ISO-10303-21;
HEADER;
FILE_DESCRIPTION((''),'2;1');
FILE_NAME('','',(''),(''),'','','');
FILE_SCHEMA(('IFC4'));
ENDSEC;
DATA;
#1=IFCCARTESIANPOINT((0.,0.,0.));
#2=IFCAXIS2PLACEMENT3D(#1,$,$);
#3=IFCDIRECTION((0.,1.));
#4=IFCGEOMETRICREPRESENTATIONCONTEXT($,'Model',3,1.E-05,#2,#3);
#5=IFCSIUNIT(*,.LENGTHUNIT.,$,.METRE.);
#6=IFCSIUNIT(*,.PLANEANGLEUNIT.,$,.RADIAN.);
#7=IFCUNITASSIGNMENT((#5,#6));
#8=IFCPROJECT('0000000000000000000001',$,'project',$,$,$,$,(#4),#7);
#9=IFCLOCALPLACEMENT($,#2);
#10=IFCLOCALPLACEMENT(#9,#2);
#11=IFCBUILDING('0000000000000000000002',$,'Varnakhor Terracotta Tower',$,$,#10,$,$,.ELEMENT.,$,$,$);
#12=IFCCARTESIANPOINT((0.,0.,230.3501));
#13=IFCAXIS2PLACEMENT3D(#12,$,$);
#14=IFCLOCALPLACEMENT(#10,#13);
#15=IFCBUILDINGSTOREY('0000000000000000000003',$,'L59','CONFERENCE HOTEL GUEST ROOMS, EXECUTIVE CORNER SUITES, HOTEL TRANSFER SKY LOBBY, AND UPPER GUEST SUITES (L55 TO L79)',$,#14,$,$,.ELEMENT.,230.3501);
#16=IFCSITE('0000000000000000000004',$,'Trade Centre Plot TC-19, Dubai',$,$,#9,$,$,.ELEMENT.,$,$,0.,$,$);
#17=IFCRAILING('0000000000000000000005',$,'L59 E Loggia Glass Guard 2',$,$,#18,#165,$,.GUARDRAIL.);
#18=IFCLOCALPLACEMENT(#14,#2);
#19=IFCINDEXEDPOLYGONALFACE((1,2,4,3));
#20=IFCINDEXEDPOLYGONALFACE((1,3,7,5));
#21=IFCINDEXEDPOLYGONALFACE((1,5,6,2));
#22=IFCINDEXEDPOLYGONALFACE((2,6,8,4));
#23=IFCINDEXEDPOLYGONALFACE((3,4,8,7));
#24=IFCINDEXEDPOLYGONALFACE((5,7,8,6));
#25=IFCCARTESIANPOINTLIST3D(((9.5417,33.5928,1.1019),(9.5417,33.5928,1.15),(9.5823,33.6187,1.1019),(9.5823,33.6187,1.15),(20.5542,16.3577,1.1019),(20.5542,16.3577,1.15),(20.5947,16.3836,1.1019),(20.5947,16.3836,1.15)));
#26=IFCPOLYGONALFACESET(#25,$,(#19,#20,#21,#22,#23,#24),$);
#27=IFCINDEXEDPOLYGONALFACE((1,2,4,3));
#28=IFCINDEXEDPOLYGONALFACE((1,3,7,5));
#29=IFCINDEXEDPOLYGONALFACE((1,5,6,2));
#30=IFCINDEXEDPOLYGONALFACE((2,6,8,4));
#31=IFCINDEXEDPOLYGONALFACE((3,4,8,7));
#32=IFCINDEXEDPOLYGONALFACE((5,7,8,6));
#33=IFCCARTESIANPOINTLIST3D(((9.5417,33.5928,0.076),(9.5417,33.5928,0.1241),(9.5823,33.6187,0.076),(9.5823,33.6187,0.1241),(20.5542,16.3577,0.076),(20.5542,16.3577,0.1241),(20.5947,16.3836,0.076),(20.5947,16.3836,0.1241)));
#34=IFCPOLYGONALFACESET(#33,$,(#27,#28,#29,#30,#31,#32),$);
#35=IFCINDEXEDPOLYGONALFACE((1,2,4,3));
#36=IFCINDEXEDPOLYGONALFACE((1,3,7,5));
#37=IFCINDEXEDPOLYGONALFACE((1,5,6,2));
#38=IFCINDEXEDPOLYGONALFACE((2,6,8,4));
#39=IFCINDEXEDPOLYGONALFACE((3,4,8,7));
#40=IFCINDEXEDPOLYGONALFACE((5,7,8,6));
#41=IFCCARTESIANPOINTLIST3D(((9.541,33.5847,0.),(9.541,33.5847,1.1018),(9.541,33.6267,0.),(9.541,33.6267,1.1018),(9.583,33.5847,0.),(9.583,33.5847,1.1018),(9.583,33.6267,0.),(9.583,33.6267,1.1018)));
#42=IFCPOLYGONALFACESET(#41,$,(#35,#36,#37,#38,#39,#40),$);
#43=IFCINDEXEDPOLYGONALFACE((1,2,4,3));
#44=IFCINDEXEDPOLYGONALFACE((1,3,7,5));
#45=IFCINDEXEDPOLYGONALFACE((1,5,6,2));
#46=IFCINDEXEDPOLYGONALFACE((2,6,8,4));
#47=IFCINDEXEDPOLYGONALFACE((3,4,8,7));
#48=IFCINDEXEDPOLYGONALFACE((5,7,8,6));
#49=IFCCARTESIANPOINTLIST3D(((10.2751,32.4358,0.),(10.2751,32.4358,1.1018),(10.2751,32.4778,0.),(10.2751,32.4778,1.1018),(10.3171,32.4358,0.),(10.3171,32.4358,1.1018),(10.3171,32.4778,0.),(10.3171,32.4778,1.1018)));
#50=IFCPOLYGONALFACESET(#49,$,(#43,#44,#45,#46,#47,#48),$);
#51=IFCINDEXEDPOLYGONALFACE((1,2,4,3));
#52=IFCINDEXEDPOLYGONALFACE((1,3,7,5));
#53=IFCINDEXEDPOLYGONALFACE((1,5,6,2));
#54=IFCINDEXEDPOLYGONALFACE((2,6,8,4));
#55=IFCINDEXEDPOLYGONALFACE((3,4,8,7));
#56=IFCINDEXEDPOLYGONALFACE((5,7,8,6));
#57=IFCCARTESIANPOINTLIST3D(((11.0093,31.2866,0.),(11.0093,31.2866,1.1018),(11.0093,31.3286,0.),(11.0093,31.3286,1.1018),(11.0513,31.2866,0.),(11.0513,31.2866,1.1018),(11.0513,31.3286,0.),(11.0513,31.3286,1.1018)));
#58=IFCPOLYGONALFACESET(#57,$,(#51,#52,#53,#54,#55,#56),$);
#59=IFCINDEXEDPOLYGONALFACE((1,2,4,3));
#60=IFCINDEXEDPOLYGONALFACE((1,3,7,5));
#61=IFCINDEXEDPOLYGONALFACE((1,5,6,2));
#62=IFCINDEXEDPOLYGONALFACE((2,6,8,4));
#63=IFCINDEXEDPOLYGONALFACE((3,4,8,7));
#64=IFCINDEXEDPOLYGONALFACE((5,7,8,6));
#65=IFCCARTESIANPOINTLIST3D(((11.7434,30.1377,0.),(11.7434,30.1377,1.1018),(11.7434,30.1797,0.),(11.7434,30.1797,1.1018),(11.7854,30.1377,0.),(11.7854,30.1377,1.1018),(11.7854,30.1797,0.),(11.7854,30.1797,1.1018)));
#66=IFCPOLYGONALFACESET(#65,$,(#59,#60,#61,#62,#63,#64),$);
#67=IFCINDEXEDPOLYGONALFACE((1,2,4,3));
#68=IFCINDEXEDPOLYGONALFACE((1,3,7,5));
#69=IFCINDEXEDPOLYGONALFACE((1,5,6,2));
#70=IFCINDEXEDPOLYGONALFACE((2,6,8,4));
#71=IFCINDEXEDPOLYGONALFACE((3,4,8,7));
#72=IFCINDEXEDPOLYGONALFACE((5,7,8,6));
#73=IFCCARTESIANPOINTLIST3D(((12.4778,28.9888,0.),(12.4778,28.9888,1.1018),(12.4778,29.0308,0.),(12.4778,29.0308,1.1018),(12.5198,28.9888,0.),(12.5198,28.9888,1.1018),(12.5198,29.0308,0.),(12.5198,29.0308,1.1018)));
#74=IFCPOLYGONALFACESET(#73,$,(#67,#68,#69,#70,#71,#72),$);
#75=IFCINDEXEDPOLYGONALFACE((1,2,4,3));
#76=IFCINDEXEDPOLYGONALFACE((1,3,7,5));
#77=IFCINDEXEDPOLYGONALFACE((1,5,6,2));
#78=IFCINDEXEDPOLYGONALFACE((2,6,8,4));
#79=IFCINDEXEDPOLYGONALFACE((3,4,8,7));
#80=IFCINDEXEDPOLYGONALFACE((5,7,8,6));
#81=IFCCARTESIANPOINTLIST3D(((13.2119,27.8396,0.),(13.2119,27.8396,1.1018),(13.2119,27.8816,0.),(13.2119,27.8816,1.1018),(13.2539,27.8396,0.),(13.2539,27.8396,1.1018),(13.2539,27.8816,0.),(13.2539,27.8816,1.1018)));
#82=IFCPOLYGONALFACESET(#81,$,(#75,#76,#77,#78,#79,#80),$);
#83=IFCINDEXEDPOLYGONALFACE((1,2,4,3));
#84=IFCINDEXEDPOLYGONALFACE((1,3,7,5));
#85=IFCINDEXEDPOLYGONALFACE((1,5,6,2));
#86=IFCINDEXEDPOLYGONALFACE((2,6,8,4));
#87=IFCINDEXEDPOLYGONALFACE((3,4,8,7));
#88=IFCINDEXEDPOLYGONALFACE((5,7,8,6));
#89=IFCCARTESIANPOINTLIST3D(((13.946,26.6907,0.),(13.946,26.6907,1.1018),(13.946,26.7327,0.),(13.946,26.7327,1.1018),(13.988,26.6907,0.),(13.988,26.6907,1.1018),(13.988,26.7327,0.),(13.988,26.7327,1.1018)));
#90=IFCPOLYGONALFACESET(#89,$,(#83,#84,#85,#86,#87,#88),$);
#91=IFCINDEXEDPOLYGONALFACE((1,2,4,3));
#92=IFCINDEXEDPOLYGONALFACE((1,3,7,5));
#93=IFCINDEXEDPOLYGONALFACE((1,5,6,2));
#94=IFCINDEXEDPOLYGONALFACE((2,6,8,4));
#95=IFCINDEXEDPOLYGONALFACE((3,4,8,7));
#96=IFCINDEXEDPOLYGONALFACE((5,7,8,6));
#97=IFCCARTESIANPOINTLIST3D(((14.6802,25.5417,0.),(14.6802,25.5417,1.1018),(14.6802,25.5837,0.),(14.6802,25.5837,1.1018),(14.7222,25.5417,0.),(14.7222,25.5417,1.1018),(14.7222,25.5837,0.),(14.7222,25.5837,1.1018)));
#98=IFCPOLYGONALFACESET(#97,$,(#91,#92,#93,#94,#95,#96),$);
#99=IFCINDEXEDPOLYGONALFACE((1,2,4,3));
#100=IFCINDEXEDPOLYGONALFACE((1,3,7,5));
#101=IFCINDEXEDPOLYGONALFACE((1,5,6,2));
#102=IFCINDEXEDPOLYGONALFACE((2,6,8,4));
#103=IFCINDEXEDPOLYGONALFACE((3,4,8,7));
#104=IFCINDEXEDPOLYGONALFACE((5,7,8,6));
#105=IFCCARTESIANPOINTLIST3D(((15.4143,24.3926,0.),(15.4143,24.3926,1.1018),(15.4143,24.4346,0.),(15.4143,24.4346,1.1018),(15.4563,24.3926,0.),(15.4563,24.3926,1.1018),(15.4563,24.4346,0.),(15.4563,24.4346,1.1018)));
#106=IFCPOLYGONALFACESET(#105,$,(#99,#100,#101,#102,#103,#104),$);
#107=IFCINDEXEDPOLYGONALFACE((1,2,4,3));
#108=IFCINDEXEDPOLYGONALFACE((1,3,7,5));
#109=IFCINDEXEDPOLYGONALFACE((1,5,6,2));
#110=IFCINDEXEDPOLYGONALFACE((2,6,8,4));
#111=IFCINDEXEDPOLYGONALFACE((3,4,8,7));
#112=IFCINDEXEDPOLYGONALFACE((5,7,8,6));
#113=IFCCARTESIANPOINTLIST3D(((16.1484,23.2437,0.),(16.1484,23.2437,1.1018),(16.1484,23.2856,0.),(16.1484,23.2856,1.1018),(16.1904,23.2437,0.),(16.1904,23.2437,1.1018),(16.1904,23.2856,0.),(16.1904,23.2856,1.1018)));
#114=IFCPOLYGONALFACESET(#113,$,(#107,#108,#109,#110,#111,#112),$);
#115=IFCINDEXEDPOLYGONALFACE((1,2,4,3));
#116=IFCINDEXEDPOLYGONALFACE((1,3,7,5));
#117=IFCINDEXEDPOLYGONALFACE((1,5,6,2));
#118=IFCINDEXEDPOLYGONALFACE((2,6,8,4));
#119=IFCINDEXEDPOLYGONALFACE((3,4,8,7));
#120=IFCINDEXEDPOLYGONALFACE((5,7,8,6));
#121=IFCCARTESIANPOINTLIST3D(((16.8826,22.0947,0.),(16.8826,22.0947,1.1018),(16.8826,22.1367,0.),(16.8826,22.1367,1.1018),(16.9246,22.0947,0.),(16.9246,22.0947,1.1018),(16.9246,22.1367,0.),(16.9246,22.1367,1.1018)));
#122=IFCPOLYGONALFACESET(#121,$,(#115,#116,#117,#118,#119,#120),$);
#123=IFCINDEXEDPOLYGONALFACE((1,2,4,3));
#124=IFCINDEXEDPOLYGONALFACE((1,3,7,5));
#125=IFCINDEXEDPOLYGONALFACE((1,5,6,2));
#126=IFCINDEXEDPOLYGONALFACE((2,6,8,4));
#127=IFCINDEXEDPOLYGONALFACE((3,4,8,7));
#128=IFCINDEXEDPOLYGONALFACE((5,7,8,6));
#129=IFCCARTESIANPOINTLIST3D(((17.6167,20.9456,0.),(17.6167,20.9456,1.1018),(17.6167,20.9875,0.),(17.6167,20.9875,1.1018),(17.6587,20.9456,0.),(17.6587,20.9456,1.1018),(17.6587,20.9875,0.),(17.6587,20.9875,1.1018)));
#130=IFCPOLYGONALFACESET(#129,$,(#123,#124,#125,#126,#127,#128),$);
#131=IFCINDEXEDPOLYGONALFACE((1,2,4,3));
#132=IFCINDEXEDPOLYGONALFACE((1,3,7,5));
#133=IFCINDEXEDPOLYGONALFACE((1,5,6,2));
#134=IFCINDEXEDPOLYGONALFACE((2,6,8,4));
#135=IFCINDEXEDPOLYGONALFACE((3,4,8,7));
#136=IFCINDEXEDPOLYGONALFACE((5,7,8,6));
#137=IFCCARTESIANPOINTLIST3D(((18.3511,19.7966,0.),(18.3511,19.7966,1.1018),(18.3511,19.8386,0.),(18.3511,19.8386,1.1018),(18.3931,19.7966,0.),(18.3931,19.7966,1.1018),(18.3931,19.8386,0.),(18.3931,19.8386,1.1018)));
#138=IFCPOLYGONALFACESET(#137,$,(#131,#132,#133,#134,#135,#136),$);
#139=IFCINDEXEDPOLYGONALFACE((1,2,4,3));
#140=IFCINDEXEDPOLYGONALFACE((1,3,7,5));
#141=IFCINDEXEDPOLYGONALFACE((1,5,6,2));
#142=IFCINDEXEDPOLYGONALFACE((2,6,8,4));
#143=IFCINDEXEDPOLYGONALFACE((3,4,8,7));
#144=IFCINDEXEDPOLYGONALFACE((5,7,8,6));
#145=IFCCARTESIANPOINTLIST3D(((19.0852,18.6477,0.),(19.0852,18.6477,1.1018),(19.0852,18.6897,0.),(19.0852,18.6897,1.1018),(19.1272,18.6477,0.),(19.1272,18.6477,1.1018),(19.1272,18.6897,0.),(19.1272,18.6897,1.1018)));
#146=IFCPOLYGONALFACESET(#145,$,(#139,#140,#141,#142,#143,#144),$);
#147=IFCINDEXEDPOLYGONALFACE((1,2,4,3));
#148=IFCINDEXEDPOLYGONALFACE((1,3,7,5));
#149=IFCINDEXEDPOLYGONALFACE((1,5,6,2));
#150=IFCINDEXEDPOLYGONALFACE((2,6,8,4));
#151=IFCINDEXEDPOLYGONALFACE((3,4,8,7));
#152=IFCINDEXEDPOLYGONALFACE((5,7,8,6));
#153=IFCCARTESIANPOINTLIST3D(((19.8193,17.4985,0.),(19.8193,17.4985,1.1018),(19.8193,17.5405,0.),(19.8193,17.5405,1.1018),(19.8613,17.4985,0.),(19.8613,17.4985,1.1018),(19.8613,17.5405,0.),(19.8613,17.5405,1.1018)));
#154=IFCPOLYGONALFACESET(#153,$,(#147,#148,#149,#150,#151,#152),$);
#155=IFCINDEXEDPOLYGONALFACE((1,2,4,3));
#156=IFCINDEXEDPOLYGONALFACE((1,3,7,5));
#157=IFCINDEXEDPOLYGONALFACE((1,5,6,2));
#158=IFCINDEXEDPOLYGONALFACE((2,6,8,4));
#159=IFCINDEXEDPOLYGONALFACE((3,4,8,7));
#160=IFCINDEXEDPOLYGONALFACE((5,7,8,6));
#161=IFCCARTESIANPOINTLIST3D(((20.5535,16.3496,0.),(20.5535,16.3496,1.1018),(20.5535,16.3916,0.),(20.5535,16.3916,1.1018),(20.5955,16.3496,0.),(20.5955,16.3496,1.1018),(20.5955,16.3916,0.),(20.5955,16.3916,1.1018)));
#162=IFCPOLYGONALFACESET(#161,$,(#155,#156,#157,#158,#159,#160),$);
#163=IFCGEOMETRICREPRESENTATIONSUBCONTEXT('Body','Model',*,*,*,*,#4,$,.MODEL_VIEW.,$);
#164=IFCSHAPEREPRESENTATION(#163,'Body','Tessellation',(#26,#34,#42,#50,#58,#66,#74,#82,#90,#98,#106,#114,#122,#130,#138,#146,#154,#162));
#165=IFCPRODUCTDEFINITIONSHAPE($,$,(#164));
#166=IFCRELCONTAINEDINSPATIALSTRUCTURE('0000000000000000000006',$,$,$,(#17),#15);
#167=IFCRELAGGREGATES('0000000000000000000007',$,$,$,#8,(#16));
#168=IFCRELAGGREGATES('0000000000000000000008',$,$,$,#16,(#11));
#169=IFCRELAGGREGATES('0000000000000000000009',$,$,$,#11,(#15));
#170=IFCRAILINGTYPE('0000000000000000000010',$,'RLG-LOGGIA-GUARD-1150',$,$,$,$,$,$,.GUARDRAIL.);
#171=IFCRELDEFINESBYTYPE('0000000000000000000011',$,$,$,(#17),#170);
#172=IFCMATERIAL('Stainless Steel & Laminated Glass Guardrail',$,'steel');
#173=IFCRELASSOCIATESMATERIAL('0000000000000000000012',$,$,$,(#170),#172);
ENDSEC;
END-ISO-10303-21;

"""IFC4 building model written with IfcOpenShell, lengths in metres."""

from ifc_helpers import new_model, si_unit, direction, frame, origin, origin_2d, place, context, subcontext, project, spatial, rectangle, extrude, material, type_object, element, save


model = new_model("IFC4")

# Units and contexts
model_context = context("Model", 3, precision=1e-05, world=origin(), true_north=direction((0.0, 1.0)))
body_context = subcontext(model_context, "Body", "Model", "MODEL_VIEW")
ifc_project = project(units=[si_unit("LENGTHUNIT", "METRE"), si_unit("PLANEANGLEUNIT", "RADIAN")], contexts=[model_context])

# Site, building, storey
site_placement = place(None, origin())
site = spatial("IfcSite", under=ifc_project, at=site_placement, Name="Trade Centre Plot TC-19, Dubai", CompositionType="ELEMENT", RefElevation=0.0)
building_placement = place(site_placement, origin())
building = spatial("IfcBuilding", under=site, at=building_placement, Name="Varnakhor Terracotta Tower", CompositionType="ELEMENT")
storey_placement = place(building_placement, frame((0.0, 0.0, 230.3501)))
storey = spatial("IfcBuildingStorey", under=building, at=storey_placement, Name="L59", Description="CONFERENCE HOTEL GUEST ROOMS, EXECUTIVE CORNER SUITES, HOTEL TRANSFER SKY LOBBY, AND UPPER GUEST SUITES (L55 TO L79)", CompositionType="ELEMENT", Elevation=230.3501)

# Railing
ifc_material_1 = material(Name="Stainless Steel & Laminated Glass Guardrail", Category="steel")
railing_type = type_object("IfcRailingType", Name="RLG-LOGGIA-GUARD-1150", PredefinedType="GUARDRAIL", material=ifc_material_1)
railing_1_placement = place(storey_placement, frame((9.562, 33.6057, 0.0)))
element("IfcRailing", 1, at=railing_1_placement, inside=storey, type_object=railing_type, Name="L59 E Loggia Glass Guard 2", PredefinedType="GUARDRAIL", context=body_context, shape_type="SweptSolid", body=[
    extrude(rectangle(XDim=0.0481, YDim=0.0481, at=origin_2d()), frame((0.0, 0.0, 1.126), z_axis=(0.538429, -0.842671, 0.0), x_axis=(0.842671, 0.538429, 0.0)), (0.0, 0.0, 1.0), 20.4529),
    extrude(rectangle(XDim=0.0481, YDim=0.0481, at=origin_2d()), frame((0.0, 0.0, 0.1001), z_axis=(0.538429, -0.842671, 0.0), x_axis=(0.842671, 0.538429, 0.0)), (0.0, 0.0, 1.0), 20.4529),
    extrude(rectangle(XDim=0.042, YDim=0.042, at=origin_2d()), origin(), (0.0, 0.0, 1.0), 1.1018),
    extrude(rectangle(XDim=0.042, YDim=0.042, at=origin_2d()), frame((0.7341, -1.1489, 0.0)), (0.0, 0.0, 1.0), 1.1018),
    extrude(rectangle(XDim=0.042, YDim=0.042, at=origin_2d()), frame((1.4683, -2.2981, 0.0)), (0.0, 0.0, 1.0), 1.1018),
    extrude(rectangle(XDim=0.042, YDim=0.042, at=origin_2d()), frame((2.2024, -3.447, 0.0)), (0.0, 0.0, 1.0), 1.1018),
    extrude(rectangle(XDim=0.042, YDim=0.042, at=origin_2d()), frame((2.9368, -4.5959, 0.0)), (0.0, 0.0, 1.0), 1.1018),
    extrude(rectangle(XDim=0.042, YDim=0.042, at=origin_2d()), frame((3.6709, -5.7451, 0.0)), (0.0, 0.0, 1.0), 1.1018),
    extrude(rectangle(XDim=0.042, YDim=0.042, at=origin_2d()), frame((4.405, -6.894, 0.0)), (0.0, 0.0, 1.0), 1.1018),
    extrude(rectangle(XDim=0.042, YDim=0.042, at=origin_2d()), frame((5.1392, -8.043, 0.0)), (0.0, 0.0, 1.0), 1.1018),
    extrude(rectangle(XDim=0.042, YDim=0.042, at=origin_2d()), frame((5.8733, -9.1921, 0.0)), (0.0, 0.0, 1.0), 1.1018),
    extrude(rectangle(XDim=0.042, YDim=0.042, at=origin_2d()), frame((6.6074, -10.3411, 0.0)), (0.0, 0.0, 1.0), 1.1018),
    extrude(rectangle(XDim=0.042, YDim=0.042, at=origin_2d()), frame((7.3416, -11.49, 0.0)), (0.0, 0.0, 1.0), 1.1018),
    extrude(rectangle(XDim=0.042, YDim=0.042, at=origin_2d()), frame((8.0757, -12.6392, 0.0)), (0.0, 0.0, 1.0), 1.1018),
    extrude(rectangle(XDim=0.042, YDim=0.042, at=origin_2d()), frame((8.8101, -13.7881, 0.0)), (0.0, 0.0, 1.0), 1.1018),
    extrude(rectangle(XDim=0.042, YDim=0.042, at=origin_2d()), frame((9.5442, -14.937, 0.0)), (0.0, 0.0, 1.0), 1.1018),
    extrude(rectangle(XDim=0.042, YDim=0.042, at=origin_2d()), frame((10.2783, -16.0862, 0.0)), (0.0, 0.0, 1.0), 1.1018),
    extrude(rectangle(XDim=0.042, YDim=0.042, at=origin_2d()), frame((11.0125, -17.2351, 0.0)), (0.0, 0.0, 1.0), 1.1018),
])

save(model, "model.ifc")
